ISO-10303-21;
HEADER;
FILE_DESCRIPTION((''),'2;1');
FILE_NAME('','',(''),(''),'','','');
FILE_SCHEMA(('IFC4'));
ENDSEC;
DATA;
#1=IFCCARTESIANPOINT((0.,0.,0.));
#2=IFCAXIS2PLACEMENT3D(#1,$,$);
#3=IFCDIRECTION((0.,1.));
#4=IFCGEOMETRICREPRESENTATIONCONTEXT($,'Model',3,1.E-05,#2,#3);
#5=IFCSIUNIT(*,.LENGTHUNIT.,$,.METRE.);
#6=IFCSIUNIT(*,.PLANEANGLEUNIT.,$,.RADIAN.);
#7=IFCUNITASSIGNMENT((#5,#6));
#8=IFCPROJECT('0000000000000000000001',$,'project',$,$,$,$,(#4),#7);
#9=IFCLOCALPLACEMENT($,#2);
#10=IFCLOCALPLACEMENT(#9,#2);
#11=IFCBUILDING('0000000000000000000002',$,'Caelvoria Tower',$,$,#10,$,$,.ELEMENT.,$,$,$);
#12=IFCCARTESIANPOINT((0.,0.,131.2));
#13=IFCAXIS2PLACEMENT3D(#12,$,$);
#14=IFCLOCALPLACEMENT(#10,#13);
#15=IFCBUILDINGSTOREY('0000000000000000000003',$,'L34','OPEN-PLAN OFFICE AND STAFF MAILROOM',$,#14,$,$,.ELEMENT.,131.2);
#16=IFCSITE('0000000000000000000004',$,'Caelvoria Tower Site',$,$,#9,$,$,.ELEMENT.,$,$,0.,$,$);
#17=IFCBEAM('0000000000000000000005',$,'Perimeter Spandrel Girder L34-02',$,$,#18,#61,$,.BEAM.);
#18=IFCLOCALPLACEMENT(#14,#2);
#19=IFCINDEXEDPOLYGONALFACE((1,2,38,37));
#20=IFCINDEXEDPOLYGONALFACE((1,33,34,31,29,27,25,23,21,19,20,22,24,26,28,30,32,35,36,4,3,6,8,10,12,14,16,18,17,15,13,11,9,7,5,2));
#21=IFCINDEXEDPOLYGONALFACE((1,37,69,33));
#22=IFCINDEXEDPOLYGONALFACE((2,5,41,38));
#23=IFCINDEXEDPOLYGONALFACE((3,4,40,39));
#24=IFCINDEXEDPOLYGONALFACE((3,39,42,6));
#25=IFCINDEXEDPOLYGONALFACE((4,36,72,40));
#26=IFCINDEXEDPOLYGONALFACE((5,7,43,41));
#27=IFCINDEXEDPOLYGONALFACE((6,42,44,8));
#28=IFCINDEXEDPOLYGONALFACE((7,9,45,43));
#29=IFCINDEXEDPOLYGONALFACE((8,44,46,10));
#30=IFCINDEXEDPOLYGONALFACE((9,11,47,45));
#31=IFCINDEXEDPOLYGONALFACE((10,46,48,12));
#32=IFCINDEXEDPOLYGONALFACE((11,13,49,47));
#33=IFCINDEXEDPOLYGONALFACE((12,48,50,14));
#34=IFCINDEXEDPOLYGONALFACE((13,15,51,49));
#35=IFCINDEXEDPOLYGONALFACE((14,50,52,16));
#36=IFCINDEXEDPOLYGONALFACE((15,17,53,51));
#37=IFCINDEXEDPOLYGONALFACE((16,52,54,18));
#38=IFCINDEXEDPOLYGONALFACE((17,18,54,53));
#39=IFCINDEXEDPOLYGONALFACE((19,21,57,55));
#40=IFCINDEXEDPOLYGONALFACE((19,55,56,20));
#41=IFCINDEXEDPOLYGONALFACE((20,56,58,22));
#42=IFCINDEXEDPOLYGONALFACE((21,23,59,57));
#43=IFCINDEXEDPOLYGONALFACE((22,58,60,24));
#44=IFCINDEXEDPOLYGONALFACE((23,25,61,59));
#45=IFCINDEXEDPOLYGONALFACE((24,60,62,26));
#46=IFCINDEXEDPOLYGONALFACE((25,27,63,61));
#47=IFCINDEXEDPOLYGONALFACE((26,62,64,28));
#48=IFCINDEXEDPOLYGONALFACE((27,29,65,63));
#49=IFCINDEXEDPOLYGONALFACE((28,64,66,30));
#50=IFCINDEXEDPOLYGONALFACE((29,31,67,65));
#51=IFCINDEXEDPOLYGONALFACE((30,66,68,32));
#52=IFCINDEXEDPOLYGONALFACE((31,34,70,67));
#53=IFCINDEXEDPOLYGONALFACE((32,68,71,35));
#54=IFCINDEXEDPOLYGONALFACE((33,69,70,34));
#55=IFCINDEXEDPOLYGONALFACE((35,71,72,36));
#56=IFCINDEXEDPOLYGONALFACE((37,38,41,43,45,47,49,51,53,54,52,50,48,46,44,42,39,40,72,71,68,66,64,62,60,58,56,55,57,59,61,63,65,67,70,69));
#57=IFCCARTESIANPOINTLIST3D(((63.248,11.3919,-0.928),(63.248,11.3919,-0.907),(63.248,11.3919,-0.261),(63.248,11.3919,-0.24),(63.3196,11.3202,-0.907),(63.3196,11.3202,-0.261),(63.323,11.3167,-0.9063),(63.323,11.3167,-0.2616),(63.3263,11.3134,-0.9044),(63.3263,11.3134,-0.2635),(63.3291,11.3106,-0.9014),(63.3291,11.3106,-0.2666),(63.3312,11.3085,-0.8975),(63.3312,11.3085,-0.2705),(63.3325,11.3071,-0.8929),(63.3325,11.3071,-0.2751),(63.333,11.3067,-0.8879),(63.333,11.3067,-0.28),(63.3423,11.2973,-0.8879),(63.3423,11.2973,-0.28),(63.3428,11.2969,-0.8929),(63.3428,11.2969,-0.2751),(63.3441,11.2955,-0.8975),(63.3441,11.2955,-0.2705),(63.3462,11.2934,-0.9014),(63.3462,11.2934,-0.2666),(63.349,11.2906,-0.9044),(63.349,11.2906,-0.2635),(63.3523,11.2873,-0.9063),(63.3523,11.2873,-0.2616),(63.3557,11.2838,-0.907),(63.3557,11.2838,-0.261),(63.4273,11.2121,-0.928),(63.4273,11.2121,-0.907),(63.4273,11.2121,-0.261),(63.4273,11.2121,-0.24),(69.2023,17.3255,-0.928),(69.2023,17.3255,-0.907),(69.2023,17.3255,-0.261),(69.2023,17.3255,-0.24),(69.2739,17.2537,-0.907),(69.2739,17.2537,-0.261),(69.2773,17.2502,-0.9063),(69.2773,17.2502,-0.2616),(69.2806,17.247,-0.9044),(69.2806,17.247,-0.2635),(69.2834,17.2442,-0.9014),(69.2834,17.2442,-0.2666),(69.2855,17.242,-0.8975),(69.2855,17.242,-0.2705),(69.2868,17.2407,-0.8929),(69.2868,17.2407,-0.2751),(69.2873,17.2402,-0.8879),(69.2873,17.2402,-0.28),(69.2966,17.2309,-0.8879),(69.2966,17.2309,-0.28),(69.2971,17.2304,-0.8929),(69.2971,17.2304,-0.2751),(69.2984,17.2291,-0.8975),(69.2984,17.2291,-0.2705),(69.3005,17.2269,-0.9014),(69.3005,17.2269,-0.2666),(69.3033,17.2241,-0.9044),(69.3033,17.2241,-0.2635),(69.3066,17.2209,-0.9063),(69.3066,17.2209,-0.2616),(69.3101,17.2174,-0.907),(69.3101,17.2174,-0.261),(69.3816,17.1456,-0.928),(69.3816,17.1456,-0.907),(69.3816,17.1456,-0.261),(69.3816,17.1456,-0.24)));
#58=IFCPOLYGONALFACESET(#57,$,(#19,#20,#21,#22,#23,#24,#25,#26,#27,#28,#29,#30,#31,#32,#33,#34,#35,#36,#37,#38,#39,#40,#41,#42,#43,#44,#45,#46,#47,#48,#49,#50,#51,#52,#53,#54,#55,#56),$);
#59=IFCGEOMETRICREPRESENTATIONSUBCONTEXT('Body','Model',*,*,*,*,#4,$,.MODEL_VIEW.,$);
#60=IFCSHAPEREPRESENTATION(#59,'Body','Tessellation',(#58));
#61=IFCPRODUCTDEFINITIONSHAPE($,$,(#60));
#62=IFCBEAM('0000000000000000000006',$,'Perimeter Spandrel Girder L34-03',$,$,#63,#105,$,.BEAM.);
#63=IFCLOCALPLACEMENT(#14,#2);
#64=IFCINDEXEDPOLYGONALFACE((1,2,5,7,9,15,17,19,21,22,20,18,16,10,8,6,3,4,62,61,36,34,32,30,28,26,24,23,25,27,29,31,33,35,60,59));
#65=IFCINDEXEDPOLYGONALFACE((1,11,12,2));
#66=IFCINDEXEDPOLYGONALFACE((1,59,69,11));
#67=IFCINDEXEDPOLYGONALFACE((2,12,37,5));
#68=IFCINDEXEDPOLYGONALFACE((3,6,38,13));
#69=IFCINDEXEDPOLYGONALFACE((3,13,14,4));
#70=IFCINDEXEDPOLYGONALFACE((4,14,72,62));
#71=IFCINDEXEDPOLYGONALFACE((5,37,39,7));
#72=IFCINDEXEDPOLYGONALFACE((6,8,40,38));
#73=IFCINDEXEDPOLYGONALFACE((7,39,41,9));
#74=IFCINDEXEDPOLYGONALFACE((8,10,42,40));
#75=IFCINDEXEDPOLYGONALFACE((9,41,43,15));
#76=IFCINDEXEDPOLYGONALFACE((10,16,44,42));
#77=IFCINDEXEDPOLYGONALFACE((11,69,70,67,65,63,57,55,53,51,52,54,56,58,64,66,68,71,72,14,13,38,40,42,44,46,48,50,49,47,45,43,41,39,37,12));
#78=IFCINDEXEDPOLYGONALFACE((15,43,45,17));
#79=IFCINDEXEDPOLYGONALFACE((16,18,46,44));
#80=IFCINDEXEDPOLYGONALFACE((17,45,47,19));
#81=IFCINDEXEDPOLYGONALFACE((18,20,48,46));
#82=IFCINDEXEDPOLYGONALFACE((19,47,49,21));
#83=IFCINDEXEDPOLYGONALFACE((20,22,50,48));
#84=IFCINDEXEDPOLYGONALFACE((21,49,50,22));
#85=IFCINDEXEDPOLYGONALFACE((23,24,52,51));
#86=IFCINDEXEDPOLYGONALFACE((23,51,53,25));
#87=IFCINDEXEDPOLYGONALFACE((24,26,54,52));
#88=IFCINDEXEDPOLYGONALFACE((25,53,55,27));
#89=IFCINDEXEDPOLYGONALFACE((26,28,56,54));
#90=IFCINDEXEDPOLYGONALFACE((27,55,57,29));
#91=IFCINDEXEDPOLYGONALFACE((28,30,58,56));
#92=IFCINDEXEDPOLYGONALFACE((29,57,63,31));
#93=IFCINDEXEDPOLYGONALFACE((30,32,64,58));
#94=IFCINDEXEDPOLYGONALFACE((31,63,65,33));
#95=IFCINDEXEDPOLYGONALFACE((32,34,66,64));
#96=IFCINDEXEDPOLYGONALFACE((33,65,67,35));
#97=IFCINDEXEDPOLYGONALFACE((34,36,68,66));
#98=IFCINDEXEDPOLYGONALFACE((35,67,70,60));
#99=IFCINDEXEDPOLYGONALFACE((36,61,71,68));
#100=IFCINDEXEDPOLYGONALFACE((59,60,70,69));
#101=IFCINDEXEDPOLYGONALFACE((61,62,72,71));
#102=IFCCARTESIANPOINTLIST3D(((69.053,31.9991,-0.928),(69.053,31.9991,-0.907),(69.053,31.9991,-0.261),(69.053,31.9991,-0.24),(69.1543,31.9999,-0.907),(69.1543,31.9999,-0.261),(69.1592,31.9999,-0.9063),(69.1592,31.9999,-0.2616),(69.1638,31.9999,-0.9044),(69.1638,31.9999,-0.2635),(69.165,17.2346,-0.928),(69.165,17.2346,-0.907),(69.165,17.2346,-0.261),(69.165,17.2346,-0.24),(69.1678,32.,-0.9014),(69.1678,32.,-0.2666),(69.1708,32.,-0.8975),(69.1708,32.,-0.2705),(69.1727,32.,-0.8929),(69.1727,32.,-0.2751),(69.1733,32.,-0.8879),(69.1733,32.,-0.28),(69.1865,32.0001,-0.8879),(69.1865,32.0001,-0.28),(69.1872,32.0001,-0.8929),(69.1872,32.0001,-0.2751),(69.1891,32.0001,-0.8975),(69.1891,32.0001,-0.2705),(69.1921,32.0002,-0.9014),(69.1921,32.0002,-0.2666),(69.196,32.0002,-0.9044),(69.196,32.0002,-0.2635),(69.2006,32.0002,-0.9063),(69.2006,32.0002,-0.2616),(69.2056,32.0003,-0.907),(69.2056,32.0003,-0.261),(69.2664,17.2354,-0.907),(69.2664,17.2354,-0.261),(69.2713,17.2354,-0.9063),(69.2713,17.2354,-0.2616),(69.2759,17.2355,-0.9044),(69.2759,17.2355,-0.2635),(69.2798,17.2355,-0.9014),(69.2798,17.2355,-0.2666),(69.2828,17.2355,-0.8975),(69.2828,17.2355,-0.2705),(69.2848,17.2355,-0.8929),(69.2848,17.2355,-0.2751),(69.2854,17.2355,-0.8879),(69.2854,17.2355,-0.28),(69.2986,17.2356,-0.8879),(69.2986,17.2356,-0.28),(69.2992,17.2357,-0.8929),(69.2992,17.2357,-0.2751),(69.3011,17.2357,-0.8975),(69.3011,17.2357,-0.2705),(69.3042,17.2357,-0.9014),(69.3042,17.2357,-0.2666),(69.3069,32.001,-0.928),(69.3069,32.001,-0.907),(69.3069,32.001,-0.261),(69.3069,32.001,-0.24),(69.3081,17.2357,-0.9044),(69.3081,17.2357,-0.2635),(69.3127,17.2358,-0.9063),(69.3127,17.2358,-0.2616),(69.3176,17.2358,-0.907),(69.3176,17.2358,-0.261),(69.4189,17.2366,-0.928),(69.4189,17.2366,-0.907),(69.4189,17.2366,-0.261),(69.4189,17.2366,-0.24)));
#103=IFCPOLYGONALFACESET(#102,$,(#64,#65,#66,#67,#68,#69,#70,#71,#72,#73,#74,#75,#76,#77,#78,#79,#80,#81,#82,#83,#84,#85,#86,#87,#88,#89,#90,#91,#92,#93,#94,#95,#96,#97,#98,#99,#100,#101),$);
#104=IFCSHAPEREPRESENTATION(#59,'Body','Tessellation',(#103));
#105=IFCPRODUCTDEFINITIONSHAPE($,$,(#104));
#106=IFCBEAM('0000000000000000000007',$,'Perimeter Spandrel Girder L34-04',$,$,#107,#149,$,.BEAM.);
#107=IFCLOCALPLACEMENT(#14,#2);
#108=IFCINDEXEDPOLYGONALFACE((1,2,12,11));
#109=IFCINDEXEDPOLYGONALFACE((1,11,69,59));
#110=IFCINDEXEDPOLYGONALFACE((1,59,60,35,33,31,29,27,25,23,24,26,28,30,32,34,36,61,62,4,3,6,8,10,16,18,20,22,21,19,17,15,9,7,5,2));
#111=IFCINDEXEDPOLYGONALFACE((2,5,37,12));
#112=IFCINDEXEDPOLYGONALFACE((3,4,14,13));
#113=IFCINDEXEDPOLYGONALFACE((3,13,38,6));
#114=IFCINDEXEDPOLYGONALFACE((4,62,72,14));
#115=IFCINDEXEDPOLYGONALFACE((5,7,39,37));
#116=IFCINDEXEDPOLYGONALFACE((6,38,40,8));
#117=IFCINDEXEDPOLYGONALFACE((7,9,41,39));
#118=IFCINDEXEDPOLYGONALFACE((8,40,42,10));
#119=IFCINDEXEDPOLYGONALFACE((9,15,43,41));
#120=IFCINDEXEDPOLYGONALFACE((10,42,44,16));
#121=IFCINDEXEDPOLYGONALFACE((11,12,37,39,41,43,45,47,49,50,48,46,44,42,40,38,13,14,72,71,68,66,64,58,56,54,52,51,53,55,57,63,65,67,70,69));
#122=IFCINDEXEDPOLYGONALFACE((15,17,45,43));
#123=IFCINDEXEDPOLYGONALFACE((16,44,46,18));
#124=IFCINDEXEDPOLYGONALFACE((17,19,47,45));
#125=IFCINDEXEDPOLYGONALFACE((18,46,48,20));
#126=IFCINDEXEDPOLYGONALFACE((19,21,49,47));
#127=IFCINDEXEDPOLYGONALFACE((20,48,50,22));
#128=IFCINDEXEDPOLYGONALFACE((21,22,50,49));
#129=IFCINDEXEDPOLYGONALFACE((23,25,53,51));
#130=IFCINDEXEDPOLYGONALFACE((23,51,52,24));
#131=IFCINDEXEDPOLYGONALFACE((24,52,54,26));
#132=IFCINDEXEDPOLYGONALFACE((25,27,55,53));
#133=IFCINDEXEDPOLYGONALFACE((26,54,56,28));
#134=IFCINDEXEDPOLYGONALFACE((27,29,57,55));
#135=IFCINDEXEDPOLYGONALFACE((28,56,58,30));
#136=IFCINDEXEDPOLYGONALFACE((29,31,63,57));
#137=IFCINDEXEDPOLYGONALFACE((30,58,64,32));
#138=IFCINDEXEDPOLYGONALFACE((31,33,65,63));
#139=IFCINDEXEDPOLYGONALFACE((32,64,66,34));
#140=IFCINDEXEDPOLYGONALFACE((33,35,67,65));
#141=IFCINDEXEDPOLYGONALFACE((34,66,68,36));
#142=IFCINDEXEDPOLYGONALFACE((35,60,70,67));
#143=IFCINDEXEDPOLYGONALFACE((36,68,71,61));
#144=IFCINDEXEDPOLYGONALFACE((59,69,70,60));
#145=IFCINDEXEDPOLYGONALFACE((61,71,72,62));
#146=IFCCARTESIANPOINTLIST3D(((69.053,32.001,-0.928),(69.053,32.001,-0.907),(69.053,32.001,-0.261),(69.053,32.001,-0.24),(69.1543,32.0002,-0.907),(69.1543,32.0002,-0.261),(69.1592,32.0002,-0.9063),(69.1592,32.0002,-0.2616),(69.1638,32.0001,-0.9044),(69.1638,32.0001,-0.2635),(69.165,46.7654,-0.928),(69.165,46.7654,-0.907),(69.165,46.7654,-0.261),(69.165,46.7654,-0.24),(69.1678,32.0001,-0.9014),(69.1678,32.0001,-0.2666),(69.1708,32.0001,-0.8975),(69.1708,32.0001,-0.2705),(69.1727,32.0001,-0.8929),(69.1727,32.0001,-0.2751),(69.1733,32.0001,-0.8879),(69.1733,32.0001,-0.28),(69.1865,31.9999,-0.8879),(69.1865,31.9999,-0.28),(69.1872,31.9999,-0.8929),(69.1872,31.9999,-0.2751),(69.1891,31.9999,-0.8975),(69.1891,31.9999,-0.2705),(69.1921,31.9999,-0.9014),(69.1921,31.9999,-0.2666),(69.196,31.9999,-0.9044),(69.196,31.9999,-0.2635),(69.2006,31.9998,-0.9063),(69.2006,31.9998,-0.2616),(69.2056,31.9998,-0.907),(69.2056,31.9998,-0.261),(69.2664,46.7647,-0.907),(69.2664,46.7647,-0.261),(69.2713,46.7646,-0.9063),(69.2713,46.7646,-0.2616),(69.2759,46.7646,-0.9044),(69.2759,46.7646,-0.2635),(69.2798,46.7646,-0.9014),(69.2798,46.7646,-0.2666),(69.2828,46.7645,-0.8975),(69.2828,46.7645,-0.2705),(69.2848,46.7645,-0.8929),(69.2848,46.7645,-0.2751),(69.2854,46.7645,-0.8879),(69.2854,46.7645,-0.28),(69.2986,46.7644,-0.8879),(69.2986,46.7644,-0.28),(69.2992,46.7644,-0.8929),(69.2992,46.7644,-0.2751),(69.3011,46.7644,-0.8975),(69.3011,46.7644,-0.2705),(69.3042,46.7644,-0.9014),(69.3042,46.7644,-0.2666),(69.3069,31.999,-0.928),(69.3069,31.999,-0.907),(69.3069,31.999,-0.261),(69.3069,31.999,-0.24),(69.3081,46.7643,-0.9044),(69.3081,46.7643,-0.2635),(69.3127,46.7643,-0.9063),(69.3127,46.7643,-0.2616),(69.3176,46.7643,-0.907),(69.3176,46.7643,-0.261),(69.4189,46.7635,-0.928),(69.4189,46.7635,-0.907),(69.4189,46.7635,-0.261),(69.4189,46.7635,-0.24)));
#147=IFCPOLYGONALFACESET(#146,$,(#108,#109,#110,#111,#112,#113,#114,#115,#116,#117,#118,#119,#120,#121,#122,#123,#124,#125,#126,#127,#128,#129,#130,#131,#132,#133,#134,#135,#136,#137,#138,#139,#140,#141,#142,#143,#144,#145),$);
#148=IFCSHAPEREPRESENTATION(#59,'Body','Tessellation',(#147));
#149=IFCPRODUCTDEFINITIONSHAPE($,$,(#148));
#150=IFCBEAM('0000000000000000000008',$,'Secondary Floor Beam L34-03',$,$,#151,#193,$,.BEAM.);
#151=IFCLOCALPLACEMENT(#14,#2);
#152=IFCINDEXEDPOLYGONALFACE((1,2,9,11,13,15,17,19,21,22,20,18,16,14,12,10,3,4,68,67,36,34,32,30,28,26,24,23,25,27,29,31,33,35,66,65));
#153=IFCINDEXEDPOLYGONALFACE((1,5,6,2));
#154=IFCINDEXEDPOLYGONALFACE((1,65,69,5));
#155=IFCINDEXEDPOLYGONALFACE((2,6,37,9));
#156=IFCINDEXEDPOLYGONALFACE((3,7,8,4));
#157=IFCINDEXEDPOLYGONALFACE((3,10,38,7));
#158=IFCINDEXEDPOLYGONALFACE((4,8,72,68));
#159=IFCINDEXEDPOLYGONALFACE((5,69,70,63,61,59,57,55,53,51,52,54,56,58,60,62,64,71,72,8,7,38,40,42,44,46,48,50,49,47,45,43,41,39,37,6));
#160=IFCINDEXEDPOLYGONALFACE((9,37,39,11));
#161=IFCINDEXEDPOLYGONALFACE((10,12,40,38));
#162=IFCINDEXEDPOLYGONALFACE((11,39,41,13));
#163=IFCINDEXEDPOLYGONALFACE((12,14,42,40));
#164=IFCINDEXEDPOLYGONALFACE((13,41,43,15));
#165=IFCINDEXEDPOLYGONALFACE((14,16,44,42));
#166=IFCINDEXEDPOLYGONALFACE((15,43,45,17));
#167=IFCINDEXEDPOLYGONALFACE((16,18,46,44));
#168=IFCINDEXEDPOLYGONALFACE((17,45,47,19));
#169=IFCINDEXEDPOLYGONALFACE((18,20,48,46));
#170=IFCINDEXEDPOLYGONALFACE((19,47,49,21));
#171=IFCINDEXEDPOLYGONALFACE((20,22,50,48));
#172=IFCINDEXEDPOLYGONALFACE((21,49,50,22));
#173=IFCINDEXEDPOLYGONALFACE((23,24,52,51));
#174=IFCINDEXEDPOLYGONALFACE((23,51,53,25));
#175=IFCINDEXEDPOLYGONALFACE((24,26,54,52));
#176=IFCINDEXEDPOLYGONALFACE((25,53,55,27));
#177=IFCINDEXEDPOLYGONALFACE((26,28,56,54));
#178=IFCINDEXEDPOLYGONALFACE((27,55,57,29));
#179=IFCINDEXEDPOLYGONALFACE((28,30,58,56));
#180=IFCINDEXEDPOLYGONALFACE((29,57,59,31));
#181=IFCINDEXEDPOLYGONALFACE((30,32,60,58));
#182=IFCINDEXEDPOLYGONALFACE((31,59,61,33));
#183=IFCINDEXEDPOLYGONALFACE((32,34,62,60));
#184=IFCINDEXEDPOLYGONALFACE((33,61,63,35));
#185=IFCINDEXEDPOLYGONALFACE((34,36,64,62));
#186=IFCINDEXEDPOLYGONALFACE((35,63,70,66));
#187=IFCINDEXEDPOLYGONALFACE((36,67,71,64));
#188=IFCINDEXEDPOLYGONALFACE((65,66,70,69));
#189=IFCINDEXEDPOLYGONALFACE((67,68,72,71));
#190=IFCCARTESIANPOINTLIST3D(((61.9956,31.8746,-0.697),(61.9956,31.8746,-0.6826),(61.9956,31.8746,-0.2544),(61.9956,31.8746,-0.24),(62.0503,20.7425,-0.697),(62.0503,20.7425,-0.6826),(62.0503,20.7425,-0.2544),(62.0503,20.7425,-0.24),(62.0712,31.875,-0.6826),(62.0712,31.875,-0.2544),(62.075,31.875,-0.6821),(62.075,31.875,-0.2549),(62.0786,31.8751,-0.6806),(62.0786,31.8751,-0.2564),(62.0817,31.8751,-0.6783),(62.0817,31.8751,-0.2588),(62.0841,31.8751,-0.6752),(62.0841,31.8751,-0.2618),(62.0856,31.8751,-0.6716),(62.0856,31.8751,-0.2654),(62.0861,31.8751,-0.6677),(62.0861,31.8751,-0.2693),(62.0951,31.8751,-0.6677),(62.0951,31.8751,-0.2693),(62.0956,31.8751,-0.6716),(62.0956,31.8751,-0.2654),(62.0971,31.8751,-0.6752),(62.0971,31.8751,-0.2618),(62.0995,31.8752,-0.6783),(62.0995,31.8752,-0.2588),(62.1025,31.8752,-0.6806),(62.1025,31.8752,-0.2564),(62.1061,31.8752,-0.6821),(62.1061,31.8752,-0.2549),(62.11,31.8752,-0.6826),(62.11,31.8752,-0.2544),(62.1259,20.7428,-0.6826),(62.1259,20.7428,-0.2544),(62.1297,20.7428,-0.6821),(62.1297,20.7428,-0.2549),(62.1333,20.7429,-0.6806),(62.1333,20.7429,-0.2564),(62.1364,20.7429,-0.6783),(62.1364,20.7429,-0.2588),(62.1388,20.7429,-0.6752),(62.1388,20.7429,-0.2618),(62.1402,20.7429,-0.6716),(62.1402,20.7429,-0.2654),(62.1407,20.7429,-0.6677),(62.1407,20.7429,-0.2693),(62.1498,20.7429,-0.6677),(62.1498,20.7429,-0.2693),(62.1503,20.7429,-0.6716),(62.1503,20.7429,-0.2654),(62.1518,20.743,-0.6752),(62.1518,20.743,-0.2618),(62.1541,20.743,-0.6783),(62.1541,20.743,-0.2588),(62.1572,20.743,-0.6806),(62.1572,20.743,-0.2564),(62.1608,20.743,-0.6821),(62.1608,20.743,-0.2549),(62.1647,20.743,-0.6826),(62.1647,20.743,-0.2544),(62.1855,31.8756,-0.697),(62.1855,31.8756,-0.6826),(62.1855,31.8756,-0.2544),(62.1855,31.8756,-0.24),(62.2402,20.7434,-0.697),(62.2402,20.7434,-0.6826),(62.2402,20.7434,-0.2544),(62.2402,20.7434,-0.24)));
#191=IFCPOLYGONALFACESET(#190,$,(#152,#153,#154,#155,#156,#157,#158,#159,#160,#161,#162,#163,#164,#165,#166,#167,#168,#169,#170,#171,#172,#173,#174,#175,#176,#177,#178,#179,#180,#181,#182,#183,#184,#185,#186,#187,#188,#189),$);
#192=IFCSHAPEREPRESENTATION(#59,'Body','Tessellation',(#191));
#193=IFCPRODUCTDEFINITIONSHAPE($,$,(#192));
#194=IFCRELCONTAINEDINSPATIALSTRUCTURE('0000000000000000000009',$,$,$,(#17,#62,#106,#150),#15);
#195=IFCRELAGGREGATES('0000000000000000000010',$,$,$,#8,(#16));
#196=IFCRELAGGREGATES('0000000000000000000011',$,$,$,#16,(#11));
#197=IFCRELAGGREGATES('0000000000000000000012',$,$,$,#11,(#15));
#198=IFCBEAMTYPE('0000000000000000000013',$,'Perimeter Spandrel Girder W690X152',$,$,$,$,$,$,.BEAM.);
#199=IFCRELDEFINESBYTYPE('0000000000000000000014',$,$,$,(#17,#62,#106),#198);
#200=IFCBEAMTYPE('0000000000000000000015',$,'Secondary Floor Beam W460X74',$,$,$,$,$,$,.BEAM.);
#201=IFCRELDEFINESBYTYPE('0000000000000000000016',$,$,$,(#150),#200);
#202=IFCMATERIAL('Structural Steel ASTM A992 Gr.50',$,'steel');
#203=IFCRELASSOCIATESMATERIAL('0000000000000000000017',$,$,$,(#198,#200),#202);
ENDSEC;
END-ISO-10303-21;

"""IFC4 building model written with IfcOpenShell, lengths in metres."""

from ifc_helpers import new_model, si_unit, direction, frame, origin, origin_2d, place, context, subcontext, project, spatial, i_section, extrude, material, material_profile, profile_set, type_object, element, save


model = new_model("IFC4")

# Units and contexts
model_context = context("Model", 3, precision=1e-05, world=origin(), true_north=direction((0.0, 1.0)))
body_context = subcontext(model_context, "Body", "Model", "MODEL_VIEW")
ifc_project = project(units=[si_unit("LENGTHUNIT", "METRE"), si_unit("PLANEANGLEUNIT", "RADIAN")], contexts=[model_context])

# Site, building, storey
site_placement = place(None, origin())
site = spatial("IfcSite", under=ifc_project, at=site_placement, Name="Caelvoria Tower Site", CompositionType="ELEMENT", RefElevation=0.0)
building_placement = place(site_placement, origin())
building = spatial("IfcBuilding", under=site, at=building_placement, Name="Caelvoria Tower", CompositionType="ELEMENT")
storey_placement = place(building_placement, frame((0.0, 0.0, 131.2)))
storey = spatial("IfcBuildingStorey", under=building, at=storey_placement, Name="L34", Description="OPEN-PLAN OFFICE AND STAFF MAILROOM", CompositionType="ELEMENT", Elevation=131.2)

# Beams
ifc_material_1 = material(Name="Structural Steel ASTM A992 Gr.50", Category="steel")
ifc_material_profile_1 = material_profile(ifc_material_1, i_section(OverallWidth=0.2539, OverallDepth=0.688, WebThickness=0.0132, FlangeThickness=0.021, FilletRadius=0.019, at=origin_2d()), Name="Structural Steel ASTM A992 Gr.50")
ifc_profile_set_1 = profile_set([ifc_material_profile_1], Name="W690X152 - Structural Steel ASTM A992 Gr.50")
beam_type_1 = type_object("IfcBeamType", Name="Perimeter Spandrel Girder W690X152", PredefinedType="BEAM", material=ifc_profile_set_1)
beam_1_placement = place(storey_placement, frame((63.3376, 11.302, -0.584), z_axis=(0.70834, 0.705871, 0.0), x_axis=(-0.705871, 0.70834, 0.0)))
element("IfcBeam", 1, at=beam_1_placement, inside=storey, type_object=beam_type_1, Name="Perimeter Spandrel Girder L34-02", PredefinedType="BEAM", context=body_context, shape_type="SweptSolid", body=[
    extrude(i_section(OverallWidth=0.2539, OverallDepth=0.688, WebThickness=0.0132, FlangeThickness=0.021, FilletRadius=0.019, at=origin_2d()), origin(), (0.0, 0.0, 1.0), 8.406),
])
for number, where, z_axis, x_axis, name in (
    (2, (69.292, 17.2356, -0.584), (-0.00759, 0.999971, 0.0), (-0.999971, -0.00759, 0.0), "Perimeter Spandrel Girder L34-03"),
    (3, (69.1799, 32.0, -0.584), (0.00759, 0.999971, 0.0), (-0.999971, 0.00759, 0.0), "Perimeter Spandrel Girder L34-04"),
):
    element("IfcBeam", number, at=place(storey_placement, frame(where, z_axis=z_axis, x_axis=x_axis)), inside=storey, type_object=beam_type_1, Name=name, PredefinedType="BEAM", context=body_context, shape_type="SweptSolid", body=[
        extrude(i_section(OverallWidth=0.2539, OverallDepth=0.688, WebThickness=0.0132, FlangeThickness=0.021, FilletRadius=0.019, at=origin_2d()), origin(), (0.0, 0.0, 1.0), 14.7649),
    ])
ifc_material_profile_2 = material_profile(ifc_material_1, i_section(OverallWidth=0.1899, OverallDepth=0.457, WebThickness=0.009, FlangeThickness=0.0144, FilletRadius=0.0149, at=origin_2d()), Name="Structural Steel ASTM A992 Gr.50")
ifc_profile_set_2 = profile_set([ifc_material_profile_2], Name="W460X74 - Structural Steel ASTM A992 Gr.50")
beam_type_2 = type_object("IfcBeamType", Name="Secondary Floor Beam W460X74", PredefinedType="BEAM", material=ifc_profile_set_2)
beam_2_placement = place(storey_placement, frame((62.1453, 20.7429, -0.4685), z_axis=(-0.004913, 0.999988, 0.0), x_axis=(-0.999988, -0.004913, 0.0)))
element("IfcBeam", 4, at=beam_2_placement, inside=storey, type_object=beam_type_2, Name="Secondary Floor Beam L34-03", PredefinedType="BEAM", context=body_context, shape_type="SweptSolid", body=[
    extrude(i_section(OverallWidth=0.1899, OverallDepth=0.457, WebThickness=0.009, FlangeThickness=0.0144, FilletRadius=0.0149, at=origin_2d()), origin(), (0.0, 0.0, 1.0), 11.1323),
])

save(model, "model.ifc")
